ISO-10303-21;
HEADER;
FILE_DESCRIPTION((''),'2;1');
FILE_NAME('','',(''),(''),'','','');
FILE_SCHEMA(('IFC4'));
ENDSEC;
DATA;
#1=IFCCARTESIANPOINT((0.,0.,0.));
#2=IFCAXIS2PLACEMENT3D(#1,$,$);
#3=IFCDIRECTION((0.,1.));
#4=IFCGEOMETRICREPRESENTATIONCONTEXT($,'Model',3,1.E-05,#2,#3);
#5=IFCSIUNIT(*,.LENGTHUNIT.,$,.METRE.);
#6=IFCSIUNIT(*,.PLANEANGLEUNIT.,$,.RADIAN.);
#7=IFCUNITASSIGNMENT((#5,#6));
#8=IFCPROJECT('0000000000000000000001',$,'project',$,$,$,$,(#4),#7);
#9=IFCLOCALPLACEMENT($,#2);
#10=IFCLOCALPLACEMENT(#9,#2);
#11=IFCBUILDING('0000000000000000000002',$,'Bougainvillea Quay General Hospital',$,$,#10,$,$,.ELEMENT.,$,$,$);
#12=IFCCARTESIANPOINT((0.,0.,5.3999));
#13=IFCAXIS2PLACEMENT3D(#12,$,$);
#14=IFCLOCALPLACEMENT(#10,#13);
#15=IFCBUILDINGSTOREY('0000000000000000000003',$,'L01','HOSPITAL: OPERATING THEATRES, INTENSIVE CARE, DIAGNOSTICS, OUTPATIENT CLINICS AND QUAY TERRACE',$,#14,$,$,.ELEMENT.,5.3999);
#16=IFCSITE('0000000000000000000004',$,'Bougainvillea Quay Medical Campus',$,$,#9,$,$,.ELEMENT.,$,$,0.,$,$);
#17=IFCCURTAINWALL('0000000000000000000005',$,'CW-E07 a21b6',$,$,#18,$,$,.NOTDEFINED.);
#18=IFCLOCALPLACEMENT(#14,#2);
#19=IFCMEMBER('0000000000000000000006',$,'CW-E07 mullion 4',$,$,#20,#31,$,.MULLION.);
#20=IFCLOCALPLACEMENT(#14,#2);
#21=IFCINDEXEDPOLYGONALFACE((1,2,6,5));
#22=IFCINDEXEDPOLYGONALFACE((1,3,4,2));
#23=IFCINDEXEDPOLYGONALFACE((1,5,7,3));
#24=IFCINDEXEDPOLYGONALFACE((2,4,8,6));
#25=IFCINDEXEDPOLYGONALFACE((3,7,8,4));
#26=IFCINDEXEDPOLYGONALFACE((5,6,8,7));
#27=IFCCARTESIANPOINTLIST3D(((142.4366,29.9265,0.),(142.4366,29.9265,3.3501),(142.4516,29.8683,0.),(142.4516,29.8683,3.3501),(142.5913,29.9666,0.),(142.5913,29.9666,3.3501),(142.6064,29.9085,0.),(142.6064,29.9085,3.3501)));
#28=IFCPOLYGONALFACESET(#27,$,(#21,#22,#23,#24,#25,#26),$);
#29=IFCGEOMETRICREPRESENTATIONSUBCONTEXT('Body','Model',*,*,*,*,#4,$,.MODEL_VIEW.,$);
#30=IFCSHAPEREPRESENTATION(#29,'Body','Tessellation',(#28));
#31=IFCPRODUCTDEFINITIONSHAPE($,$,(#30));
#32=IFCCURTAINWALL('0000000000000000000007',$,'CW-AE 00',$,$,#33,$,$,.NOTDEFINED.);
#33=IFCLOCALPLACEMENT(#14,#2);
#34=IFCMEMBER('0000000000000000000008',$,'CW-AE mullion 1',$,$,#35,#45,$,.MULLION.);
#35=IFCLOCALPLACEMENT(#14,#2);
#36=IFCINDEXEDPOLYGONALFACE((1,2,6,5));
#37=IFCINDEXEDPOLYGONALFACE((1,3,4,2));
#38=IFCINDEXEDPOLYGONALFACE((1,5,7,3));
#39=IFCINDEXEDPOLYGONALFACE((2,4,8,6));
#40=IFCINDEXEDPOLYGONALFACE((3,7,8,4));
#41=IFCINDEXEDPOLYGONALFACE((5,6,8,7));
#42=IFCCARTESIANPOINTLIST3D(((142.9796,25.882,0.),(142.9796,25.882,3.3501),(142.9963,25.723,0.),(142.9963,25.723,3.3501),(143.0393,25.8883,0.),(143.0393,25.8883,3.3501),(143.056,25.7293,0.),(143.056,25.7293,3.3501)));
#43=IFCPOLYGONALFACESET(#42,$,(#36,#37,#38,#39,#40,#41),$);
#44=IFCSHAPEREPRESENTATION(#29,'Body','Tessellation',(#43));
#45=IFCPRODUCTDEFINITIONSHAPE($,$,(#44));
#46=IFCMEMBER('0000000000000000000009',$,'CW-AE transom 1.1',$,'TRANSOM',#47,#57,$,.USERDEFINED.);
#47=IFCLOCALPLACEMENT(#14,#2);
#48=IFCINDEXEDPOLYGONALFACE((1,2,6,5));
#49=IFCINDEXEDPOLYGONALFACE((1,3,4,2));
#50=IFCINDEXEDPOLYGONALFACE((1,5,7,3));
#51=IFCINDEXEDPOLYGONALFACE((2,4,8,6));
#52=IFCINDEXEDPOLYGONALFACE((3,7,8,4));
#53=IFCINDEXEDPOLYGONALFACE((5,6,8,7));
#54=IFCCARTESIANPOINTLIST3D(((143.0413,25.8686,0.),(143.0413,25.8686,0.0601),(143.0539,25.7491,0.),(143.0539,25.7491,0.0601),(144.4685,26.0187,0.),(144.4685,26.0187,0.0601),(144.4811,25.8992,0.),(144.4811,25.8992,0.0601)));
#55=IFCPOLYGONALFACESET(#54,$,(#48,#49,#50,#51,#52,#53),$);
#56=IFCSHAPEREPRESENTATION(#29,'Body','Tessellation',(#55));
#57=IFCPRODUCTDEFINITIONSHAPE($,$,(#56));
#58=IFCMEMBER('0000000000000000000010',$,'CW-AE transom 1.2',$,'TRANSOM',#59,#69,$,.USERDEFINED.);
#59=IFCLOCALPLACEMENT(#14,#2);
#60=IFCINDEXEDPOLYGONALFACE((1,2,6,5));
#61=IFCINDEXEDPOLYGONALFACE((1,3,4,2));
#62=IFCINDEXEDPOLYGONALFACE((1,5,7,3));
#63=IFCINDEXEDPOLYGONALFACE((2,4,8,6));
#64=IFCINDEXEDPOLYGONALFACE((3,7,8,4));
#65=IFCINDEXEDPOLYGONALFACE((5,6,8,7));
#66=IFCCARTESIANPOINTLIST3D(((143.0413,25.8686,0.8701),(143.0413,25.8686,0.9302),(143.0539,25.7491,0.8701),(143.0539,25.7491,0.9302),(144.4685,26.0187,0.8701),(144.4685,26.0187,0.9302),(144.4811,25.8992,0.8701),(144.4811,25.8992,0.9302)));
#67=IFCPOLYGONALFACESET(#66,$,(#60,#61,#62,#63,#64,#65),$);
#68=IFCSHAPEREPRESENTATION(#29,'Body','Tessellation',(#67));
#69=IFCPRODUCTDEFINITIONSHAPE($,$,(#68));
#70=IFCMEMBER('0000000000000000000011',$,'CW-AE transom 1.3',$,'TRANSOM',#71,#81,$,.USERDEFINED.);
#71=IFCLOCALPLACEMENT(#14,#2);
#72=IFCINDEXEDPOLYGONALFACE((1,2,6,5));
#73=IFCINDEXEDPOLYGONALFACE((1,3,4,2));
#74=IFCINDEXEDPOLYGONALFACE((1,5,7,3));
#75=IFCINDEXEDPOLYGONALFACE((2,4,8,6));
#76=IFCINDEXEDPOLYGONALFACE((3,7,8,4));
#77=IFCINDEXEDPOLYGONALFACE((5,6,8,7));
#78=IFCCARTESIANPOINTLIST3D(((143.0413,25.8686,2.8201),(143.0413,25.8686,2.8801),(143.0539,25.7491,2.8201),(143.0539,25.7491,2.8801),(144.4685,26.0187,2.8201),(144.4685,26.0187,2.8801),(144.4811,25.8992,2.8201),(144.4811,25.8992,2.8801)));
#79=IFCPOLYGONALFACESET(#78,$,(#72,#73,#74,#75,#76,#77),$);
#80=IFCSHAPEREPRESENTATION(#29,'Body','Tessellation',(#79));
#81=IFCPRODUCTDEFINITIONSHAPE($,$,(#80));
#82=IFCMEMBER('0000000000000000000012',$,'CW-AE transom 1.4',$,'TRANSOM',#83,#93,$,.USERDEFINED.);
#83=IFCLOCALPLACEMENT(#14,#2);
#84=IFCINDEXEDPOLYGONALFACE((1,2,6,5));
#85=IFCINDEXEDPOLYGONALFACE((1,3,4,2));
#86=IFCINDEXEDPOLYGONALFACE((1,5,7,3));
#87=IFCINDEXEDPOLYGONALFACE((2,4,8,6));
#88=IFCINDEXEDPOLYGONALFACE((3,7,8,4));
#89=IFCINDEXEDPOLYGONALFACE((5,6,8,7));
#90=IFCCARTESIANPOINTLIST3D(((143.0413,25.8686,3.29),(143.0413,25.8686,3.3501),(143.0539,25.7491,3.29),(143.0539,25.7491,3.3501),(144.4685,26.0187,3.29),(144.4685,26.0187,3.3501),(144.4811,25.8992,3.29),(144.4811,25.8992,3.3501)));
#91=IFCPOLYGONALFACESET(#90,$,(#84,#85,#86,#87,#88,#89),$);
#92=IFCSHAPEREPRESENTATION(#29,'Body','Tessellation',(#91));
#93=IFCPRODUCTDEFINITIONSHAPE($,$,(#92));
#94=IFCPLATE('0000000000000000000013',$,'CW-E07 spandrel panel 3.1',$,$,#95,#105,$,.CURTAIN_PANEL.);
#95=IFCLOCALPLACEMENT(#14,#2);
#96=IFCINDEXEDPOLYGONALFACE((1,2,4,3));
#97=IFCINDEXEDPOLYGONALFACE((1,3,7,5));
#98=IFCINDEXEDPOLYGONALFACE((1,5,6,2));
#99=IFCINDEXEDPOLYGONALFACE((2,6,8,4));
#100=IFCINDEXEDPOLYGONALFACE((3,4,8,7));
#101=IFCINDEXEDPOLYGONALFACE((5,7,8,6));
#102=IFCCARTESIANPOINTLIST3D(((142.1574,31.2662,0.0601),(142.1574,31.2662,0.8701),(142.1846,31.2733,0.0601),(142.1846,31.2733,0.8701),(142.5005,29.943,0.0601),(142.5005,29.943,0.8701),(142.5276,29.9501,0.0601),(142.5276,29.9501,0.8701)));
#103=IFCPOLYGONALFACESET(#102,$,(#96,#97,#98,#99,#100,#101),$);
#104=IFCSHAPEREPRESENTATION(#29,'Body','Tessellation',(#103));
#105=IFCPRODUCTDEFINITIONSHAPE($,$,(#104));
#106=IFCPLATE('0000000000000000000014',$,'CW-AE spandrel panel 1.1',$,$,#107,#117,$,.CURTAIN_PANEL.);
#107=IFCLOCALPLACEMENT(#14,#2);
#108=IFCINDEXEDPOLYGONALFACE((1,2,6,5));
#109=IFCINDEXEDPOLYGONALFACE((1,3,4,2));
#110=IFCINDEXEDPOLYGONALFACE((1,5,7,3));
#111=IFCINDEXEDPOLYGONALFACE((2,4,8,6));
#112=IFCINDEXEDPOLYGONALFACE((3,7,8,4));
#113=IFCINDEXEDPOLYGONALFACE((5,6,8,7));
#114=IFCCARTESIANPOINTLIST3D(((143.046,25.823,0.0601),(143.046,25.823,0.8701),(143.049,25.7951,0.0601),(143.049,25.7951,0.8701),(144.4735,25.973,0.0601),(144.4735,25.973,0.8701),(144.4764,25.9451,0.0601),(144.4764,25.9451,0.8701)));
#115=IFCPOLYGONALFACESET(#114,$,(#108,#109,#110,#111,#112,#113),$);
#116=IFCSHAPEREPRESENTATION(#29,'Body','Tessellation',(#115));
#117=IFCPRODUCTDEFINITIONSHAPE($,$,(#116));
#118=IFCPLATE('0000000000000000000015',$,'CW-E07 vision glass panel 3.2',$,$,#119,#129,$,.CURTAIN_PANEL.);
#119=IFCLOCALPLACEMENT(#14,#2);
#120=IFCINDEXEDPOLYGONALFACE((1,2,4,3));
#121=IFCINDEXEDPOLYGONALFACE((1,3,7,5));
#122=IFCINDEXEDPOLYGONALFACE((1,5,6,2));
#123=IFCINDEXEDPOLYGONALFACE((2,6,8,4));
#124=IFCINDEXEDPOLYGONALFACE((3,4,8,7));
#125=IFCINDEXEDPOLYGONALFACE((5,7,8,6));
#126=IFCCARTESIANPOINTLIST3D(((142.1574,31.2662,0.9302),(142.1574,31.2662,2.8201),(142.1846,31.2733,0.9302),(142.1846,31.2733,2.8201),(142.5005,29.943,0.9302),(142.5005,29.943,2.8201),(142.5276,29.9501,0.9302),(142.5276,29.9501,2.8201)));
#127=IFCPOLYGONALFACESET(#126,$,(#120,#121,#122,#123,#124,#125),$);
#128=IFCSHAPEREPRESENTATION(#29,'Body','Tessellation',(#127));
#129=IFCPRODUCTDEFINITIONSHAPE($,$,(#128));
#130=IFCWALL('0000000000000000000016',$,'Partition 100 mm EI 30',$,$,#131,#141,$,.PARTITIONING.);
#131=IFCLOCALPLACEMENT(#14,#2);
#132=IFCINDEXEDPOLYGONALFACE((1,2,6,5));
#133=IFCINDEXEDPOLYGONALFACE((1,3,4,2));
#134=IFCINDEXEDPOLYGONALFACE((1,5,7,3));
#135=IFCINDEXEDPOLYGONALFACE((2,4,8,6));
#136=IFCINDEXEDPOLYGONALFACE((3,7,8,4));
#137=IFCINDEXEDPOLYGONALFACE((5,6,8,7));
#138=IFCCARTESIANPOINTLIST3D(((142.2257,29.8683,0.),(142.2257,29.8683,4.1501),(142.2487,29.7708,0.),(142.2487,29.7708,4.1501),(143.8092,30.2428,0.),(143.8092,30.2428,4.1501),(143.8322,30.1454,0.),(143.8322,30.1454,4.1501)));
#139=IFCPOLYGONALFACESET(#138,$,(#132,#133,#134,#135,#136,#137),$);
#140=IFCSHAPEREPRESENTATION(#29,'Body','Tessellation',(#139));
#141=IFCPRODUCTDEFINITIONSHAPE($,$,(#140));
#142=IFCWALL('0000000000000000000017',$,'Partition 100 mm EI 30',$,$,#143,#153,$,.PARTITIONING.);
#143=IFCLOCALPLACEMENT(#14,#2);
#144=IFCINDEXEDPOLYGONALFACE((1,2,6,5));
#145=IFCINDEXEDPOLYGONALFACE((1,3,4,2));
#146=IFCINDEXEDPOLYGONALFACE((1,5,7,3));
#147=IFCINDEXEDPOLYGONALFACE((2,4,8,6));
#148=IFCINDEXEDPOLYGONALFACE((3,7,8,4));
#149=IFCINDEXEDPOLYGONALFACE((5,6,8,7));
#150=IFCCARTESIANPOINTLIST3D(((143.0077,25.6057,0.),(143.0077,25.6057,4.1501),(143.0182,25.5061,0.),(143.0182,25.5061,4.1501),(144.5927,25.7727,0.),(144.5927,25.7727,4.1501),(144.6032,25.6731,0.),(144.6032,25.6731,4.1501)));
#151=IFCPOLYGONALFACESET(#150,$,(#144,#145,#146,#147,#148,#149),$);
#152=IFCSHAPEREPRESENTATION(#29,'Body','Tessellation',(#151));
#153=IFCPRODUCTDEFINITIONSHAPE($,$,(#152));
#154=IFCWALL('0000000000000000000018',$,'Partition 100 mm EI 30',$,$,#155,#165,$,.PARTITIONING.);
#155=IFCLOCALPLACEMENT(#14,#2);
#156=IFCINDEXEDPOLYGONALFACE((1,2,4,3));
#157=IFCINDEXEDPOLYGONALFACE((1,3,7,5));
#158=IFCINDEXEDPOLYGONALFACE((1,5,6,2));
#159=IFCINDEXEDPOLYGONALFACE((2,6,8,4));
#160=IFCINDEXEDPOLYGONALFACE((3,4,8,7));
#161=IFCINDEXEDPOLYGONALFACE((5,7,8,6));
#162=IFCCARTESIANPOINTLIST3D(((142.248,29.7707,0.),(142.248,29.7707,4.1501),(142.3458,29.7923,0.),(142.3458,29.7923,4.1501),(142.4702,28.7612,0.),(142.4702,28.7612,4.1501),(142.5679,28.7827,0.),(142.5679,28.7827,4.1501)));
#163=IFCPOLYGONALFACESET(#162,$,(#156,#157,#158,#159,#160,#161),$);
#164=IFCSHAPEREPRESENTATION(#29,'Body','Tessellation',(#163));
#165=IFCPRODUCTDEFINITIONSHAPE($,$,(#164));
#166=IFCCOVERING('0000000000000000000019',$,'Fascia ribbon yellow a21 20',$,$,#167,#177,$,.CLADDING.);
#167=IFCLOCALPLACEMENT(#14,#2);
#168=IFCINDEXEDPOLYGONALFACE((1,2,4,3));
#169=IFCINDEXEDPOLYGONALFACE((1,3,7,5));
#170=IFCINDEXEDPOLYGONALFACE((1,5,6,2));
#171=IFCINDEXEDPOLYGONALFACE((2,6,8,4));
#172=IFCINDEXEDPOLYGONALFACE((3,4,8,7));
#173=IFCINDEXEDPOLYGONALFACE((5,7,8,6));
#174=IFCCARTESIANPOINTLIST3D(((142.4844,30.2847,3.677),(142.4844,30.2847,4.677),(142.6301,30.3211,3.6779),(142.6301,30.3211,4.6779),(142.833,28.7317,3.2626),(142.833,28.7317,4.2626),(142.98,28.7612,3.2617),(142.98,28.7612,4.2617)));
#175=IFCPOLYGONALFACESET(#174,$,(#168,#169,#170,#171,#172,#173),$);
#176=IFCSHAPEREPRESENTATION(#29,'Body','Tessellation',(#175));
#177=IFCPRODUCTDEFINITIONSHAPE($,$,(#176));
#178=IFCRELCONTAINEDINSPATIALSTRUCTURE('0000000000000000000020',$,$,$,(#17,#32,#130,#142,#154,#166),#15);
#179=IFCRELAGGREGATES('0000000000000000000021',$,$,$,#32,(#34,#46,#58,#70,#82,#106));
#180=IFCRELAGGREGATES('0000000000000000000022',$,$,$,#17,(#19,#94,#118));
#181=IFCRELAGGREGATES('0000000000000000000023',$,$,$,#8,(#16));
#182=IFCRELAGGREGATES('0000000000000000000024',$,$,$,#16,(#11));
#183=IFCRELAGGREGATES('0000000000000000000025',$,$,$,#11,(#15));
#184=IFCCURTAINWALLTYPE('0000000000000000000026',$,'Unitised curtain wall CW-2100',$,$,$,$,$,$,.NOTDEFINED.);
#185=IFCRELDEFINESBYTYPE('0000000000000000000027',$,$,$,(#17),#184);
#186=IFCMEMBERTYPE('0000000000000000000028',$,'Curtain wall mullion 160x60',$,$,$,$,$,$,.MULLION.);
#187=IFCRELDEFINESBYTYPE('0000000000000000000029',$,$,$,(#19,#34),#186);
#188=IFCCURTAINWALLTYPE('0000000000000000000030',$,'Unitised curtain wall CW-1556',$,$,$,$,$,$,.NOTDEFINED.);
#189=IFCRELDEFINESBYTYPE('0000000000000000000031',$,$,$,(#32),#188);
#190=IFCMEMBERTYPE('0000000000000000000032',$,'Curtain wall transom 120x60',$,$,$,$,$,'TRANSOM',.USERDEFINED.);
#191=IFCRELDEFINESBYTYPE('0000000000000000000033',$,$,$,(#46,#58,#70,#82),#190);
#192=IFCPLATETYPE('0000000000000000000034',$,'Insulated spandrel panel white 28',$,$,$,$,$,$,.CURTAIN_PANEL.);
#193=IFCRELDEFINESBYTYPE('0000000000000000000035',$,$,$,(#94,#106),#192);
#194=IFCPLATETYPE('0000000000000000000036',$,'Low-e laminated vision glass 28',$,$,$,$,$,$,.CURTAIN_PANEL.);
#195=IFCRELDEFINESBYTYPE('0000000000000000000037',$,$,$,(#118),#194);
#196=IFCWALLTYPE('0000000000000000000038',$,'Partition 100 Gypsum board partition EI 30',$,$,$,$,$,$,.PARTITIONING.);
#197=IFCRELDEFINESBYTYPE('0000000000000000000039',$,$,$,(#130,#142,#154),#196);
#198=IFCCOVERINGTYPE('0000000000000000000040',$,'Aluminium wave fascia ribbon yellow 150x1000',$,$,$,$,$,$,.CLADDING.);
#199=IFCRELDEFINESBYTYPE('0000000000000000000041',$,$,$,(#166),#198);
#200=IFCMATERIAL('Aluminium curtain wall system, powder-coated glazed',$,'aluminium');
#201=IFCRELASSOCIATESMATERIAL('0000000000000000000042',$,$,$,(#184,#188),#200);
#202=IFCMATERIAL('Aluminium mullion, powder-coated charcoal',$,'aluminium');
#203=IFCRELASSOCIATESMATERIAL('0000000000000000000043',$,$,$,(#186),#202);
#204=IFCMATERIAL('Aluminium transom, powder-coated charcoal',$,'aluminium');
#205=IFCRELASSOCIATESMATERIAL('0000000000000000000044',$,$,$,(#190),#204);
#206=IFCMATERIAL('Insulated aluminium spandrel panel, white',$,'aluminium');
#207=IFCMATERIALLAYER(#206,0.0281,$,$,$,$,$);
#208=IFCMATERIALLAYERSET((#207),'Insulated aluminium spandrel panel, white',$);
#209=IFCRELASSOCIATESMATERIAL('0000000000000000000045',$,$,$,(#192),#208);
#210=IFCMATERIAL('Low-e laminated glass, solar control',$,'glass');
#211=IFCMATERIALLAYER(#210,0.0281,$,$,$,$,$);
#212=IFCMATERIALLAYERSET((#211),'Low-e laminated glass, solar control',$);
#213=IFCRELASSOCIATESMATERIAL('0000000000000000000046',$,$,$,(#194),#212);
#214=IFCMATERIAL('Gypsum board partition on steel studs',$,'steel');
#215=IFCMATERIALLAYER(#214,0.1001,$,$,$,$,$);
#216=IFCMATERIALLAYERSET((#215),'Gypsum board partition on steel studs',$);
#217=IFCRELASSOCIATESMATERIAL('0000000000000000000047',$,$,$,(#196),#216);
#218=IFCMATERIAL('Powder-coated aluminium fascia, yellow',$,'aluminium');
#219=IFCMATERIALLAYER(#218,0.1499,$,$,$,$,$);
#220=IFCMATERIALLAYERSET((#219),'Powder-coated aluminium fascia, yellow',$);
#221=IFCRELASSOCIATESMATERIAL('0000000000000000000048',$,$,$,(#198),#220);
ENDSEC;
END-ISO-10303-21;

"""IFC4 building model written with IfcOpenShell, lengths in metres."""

from ifc_helpers import new_model, si_unit, direction, frame, frame_2d, origin, origin_2d, place, context, subcontext, project, spatial, polyline, rectangle, outline, extrude, material, layer, layer_set, material_profile, profile_set, type_object, element, aggregate, save


model = new_model("IFC4")

# Units and contexts
model_context = context("Model", 3, precision=1e-05, world=origin(), true_north=direction((0.0, 1.0)))
body_context = subcontext(model_context, "Body", "Model", "MODEL_VIEW")
ifc_project = project(units=[si_unit("LENGTHUNIT", "METRE"), si_unit("PLANEANGLEUNIT", "RADIAN")], contexts=[model_context])

# Site, building, storey
site_placement = place(None, origin())
site = spatial("IfcSite", under=ifc_project, at=site_placement, Name="Bougainvillea Quay Medical Campus", CompositionType="ELEMENT", RefElevation=0.0)
building_placement = place(site_placement, origin())
building = spatial("IfcBuilding", under=site, at=building_placement, Name="Bougainvillea Quay General Hospital", CompositionType="ELEMENT")
storey_placement = place(building_placement, frame((0.0, 0.0, 5.3999)))
storey = spatial("IfcBuildingStorey", under=building, at=storey_placement, Name="L01", Description="HOSPITAL: OPERATING THEATRES, INTENSIVE CARE, DIAGNOSTICS, OUTPATIENT CLINICS AND QUAY TERRACE", CompositionType="ELEMENT", Elevation=5.3999)

# Curtain wall, member
ifc_material_1 = material(Name="Aluminium curtain wall system, powder-coated glazed", Category="aluminium")
curtain_wall_type_1 = type_object("IfcCurtainWallType", Name="Unitised curtain wall CW-2100", PredefinedType="NOTDEFINED", material=ifc_material_1)
curtain_wall_1_placement = place(storey_placement, origin())
curtain_wall_1 = element("IfcCurtainWall", 1, at=curtain_wall_1_placement, inside=storey, type_object=curtain_wall_type_1, Name="CW-E07 a21b6", PredefinedType="NOTDEFINED")
ifc_material_2 = material(Name="Aluminium mullion, powder-coated charcoal", Category="aluminium")
ifc_material_profile_1 = material_profile(ifc_material_2, rectangle(XDim=0.1599, YDim=0.0601, at=origin_2d()))
ifc_profile_set_1 = profile_set([ifc_material_profile_1], Name="Aluminium mullion, powder-coated charcoal")
member_type_1 = type_object("IfcMemberType", Name="Curtain wall mullion 160x60", PredefinedType="MULLION", material=ifc_profile_set_1)
member_1_placement = place(storey_placement, frame((142.5215, 29.9175, 0.0), z_axis=(0.0, 0.0, 1.0), x_axis=(0.967996, 0.250966, 0.0)))
member_1 = element("IfcMember", 2, at=member_1_placement, type_object=member_type_1, Name="CW-E07 mullion 4", PredefinedType="MULLION", context=body_context, shape_type="SweptSolid", body=[
    extrude(rectangle(XDim=0.1599, YDim=0.0601, at=origin_2d()), origin(), (0.0, 0.0, 1.0), 3.3501),
])

# Curtain wall, members
curtain_wall_type_2 = type_object("IfcCurtainWallType", Name="Unitised curtain wall CW-1556", PredefinedType="NOTDEFINED", material=ifc_material_1)
curtain_wall_2_placement = place(storey_placement, origin())
curtain_wall_2 = element("IfcCurtainWall", 3, at=curtain_wall_2_placement, inside=storey, type_object=curtain_wall_type_2, Name="CW-AE 00", PredefinedType="NOTDEFINED")
member_2_placement = place(storey_placement, frame((143.0178, 25.8057, 0.0), z_axis=(0.0, 0.0, 1.0), x_axis=(-0.104527, 0.994522, 0.0)))
member_2 = element("IfcMember", 4, at=member_2_placement, type_object=member_type_1, Name="CW-AE mullion 1", PredefinedType="MULLION", context=body_context, shape_type="SweptSolid", body=[
    extrude(rectangle(XDim=0.1599, YDim=0.0601, at=origin_2d()), origin(), (0.0, 0.0, 1.0), 3.3501),
])
ifc_material_3 = material(Name="Aluminium transom, powder-coated charcoal", Category="aluminium")
ifc_material_profile_2 = material_profile(ifc_material_3, rectangle(XDim=0.1201, YDim=0.0601, at=origin_2d()))
ifc_profile_set_2 = profile_set([ifc_material_profile_2], Name="Aluminium transom, powder-coated charcoal")
member_type_2 = type_object("IfcMemberType", Name="Curtain wall transom 120x60", ElementType="TRANSOM", PredefinedType="USERDEFINED", material=ifc_profile_set_2)
member_3_placement = place(storey_placement, frame((143.0476, 25.8088, 0.03), z_axis=(0.994512, 0.104623, 0.0), x_axis=(-0.104623, 0.994512, 0.0)))
member_3 = element("IfcMember", 5, at=member_3_placement, type_object=member_type_2, Name="CW-AE transom 1.1", ObjectType="TRANSOM", PredefinedType="USERDEFINED", context=body_context, shape_type="SweptSolid", body=[
    extrude(rectangle(XDim=0.1201, YDim=0.0601, at=origin_2d()), origin(), (0.0, 0.0, 1.0), 1.4351),
])
member_4_placement = place(storey_placement, frame((143.0476, 25.8088, 0.9001), z_axis=(0.994512, 0.104623, 0.0), x_axis=(-0.104623, 0.994512, 0.0)))
member_4 = element("IfcMember", 6, at=member_4_placement, type_object=member_type_2, Name="CW-AE transom 1.2", ObjectType="TRANSOM", PredefinedType="USERDEFINED", context=body_context, shape_type="SweptSolid", body=[
    extrude(rectangle(XDim=0.1201, YDim=0.0601, at=origin_2d()), origin(), (0.0, 0.0, 1.0), 1.4351),
])
member_5_placement = place(storey_placement, frame((143.0476, 25.8088, 2.8501), z_axis=(0.994512, 0.104623, 0.0), x_axis=(-0.104623, 0.994512, 0.0)))
member_5 = element("IfcMember", 7, at=member_5_placement, type_object=member_type_2, Name="CW-AE transom 1.3", ObjectType="TRANSOM", PredefinedType="USERDEFINED", context=body_context, shape_type="SweptSolid", body=[
    extrude(rectangle(XDim=0.1201, YDim=0.0601, at=origin_2d()), origin(), (0.0, 0.0, 1.0), 1.4351),
])
member_6_placement = place(storey_placement, frame((143.0476, 25.8088, 3.3201), z_axis=(0.994512, 0.104623, 0.0), x_axis=(-0.104623, 0.994512, 0.0)))
member_6 = element("IfcMember", 8, at=member_6_placement, type_object=member_type_2, Name="CW-AE transom 1.4", ObjectType="TRANSOM", PredefinedType="USERDEFINED", context=body_context, shape_type="SweptSolid", body=[
    extrude(rectangle(XDim=0.1201, YDim=0.0601, at=origin_2d()), origin(), (0.0, 0.0, 1.0), 1.4351),
])

# Plates
ifc_material_4 = material(Name="Insulated aluminium spandrel panel, white", Category="aluminium")
ifc_layer_1 = layer(ifc_material_4, 0.0281)
ifc_layer_set_1 = layer_set([ifc_layer_1], Name="Insulated aluminium spandrel panel, white")
plate_type_1 = type_object("IfcPlateType", Name="Insulated spandrel panel white 28", PredefinedType="CURTAIN_PANEL", material=ifc_layer_set_1)
plate_1_placement = place(storey_placement, frame((142.3425, 30.6082, 0.0601), z_axis=(0.0, 0.0, 1.0), x_axis=(0.250966, -0.967996, 0.0)))
plate_1 = element("IfcPlate", 9, at=plate_1_placement, type_object=plate_type_1, Name="CW-E07 spandrel panel 3.1", PredefinedType="CURTAIN_PANEL", context=body_context, shape_type="SweptSolid", body=[
    extrude(rectangle(XDim=1.3669, YDim=0.0281, at=origin_2d()), origin(), (0.0, 0.0, 1.0), 0.8101),
])
plate_2_placement = place(storey_placement, frame((143.7612, 25.884, 0.0601), z_axis=(0.0, 0.0, 1.0), x_axis=(0.994522, 0.104527, 0.0)))
plate_2 = element("IfcPlate", 10, at=plate_2_placement, type_object=plate_type_1, Name="CW-AE spandrel panel 1.1", PredefinedType="CURTAIN_PANEL", context=body_context, shape_type="SweptSolid", body=[
    extrude(rectangle(XDim=1.4353, YDim=0.0281, at=origin_2d()), origin(), (0.0, 0.0, 1.0), 0.8101),
])
aggregate(curtain_wall_2, [member_2, member_3, member_4, member_5, member_6, plate_2])
ifc_material_5 = material(Name="Low-e laminated glass, solar control", Category="glass")
ifc_layer_2 = layer(ifc_material_5, 0.0281)
ifc_layer_set_2 = layer_set([ifc_layer_2], Name="Low-e laminated glass, solar control")
plate_type_2 = type_object("IfcPlateType", Name="Low-e laminated vision glass 28", PredefinedType="CURTAIN_PANEL", material=ifc_layer_set_2)
plate_3_placement = place(storey_placement, frame((142.3425, 30.6082, 0.9302), z_axis=(0.0, 0.0, 1.0), x_axis=(0.250966, -0.967996, 0.0)))
plate_3 = element("IfcPlate", 11, at=plate_3_placement, type_object=plate_type_2, Name="CW-E07 vision glass panel 3.2", PredefinedType="CURTAIN_PANEL", context=body_context, shape_type="SweptSolid", body=[
    extrude(rectangle(XDim=1.3669, YDim=0.0281, at=origin_2d()), origin(), (0.0, 0.0, 1.0), 1.8899),
])
aggregate(curtain_wall_1, [member_1, plate_1, plate_3])

# Walls
ifc_material_6 = material(Name="Gypsum board partition on steel studs", Category="steel")
ifc_layer_3 = layer(ifc_material_6, 0.1001)
ifc_layer_set_3 = layer_set([ifc_layer_3], Name="Gypsum board partition on steel studs")
wall_type_1 = type_object("IfcWallType", Name="Partition 100 Gypsum board partition EI 30", PredefinedType="PARTITIONING", material=ifc_layer_set_3)
wall_1_placement = place(storey_placement, frame((142.2373, 29.8196, 0.0), z_axis=(0.0, 0.0, 1.0), x_axis=(0.973153, 0.23016, 0.0)))
element("IfcWall", 12, at=wall_1_placement, inside=storey, type_object=wall_type_1, Name="Partition 100 mm EI 30", PredefinedType="PARTITIONING", context=body_context, shape_type="SweptSolid", body=[
    extrude(rectangle(XDim=1.6272, YDim=0.1001, at=frame_2d((0.8135, 0.0))), origin(), (0.0, 0.0, 1.0), 4.1501),
])
wall_2_placement = place(storey_placement, frame((143.0129, 25.5559, 0.0), z_axis=(0.0, 0.0, 1.0), x_axis=(0.994495, 0.10478, 0.0)))
element("IfcWall", 13, at=wall_2_placement, inside=storey, type_object=wall_type_1, Name="Partition 100 mm EI 30", PredefinedType="PARTITIONING", context=body_context, shape_type="SweptSolid", body=[
    extrude(rectangle(XDim=1.5938, YDim=0.1001, at=frame_2d((0.7969, 0.0))), origin(), (0.0, 0.0, 1.0), 4.1501),
])
wall_3_placement = place(storey_placement, frame((142.2969, 29.7815, 0.0), z_axis=(0.0, 0.0, 1.0), x_axis=(0.214929, -0.97663, 0.0)))
element("IfcWall", 14, at=wall_3_placement, inside=storey, type_object=wall_type_1, Name="Partition 100 mm EI 30", PredefinedType="PARTITIONING", context=body_context, shape_type="SweptSolid", body=[
    extrude(rectangle(XDim=1.0337, YDim=0.1001, at=frame_2d((0.5168, 0.0))), origin(), (0.0, 0.0, 1.0), 4.1501),
])

# Covering
ifc_material_7 = material(Name="Powder-coated aluminium fascia, yellow", Category="aluminium")
ifc_layer_4 = layer(ifc_material_7, 0.1499)
ifc_layer_set_4 = layer_set([ifc_layer_4], Name="Powder-coated aluminium fascia, yellow")
covering_type = type_object("IfcCoveringType", Name="Aluminium wave fascia ribbon yellow 150x1000", PredefinedType="CLADDING", material=ifc_layer_set_4)
covering_1_placement = place(storey_placement, frame((142.4844, 30.2847, 3.677), z_axis=(0.05535, -0.245796, 0.96774), x_axis=(0.211975, -0.944239, -0.251951)))
element("IfcCovering", 15, at=covering_1_placement, inside=storey, type_object=covering_type, Name="Fascia ribbon yellow a21 20", PredefinedType="CLADDING", context=body_context, shape_type="SweptSolid", body=[
    extrude(outline(polyline([(0.0, 0.0), (1.6447, 0.0), (1.6482, 0.1499), (-0.0037, 0.1502), (0.0, 0.0)])), origin(), (-0.251951, -0.000161, 0.96774), 1.0),
])

save(model, "model.ifc")
